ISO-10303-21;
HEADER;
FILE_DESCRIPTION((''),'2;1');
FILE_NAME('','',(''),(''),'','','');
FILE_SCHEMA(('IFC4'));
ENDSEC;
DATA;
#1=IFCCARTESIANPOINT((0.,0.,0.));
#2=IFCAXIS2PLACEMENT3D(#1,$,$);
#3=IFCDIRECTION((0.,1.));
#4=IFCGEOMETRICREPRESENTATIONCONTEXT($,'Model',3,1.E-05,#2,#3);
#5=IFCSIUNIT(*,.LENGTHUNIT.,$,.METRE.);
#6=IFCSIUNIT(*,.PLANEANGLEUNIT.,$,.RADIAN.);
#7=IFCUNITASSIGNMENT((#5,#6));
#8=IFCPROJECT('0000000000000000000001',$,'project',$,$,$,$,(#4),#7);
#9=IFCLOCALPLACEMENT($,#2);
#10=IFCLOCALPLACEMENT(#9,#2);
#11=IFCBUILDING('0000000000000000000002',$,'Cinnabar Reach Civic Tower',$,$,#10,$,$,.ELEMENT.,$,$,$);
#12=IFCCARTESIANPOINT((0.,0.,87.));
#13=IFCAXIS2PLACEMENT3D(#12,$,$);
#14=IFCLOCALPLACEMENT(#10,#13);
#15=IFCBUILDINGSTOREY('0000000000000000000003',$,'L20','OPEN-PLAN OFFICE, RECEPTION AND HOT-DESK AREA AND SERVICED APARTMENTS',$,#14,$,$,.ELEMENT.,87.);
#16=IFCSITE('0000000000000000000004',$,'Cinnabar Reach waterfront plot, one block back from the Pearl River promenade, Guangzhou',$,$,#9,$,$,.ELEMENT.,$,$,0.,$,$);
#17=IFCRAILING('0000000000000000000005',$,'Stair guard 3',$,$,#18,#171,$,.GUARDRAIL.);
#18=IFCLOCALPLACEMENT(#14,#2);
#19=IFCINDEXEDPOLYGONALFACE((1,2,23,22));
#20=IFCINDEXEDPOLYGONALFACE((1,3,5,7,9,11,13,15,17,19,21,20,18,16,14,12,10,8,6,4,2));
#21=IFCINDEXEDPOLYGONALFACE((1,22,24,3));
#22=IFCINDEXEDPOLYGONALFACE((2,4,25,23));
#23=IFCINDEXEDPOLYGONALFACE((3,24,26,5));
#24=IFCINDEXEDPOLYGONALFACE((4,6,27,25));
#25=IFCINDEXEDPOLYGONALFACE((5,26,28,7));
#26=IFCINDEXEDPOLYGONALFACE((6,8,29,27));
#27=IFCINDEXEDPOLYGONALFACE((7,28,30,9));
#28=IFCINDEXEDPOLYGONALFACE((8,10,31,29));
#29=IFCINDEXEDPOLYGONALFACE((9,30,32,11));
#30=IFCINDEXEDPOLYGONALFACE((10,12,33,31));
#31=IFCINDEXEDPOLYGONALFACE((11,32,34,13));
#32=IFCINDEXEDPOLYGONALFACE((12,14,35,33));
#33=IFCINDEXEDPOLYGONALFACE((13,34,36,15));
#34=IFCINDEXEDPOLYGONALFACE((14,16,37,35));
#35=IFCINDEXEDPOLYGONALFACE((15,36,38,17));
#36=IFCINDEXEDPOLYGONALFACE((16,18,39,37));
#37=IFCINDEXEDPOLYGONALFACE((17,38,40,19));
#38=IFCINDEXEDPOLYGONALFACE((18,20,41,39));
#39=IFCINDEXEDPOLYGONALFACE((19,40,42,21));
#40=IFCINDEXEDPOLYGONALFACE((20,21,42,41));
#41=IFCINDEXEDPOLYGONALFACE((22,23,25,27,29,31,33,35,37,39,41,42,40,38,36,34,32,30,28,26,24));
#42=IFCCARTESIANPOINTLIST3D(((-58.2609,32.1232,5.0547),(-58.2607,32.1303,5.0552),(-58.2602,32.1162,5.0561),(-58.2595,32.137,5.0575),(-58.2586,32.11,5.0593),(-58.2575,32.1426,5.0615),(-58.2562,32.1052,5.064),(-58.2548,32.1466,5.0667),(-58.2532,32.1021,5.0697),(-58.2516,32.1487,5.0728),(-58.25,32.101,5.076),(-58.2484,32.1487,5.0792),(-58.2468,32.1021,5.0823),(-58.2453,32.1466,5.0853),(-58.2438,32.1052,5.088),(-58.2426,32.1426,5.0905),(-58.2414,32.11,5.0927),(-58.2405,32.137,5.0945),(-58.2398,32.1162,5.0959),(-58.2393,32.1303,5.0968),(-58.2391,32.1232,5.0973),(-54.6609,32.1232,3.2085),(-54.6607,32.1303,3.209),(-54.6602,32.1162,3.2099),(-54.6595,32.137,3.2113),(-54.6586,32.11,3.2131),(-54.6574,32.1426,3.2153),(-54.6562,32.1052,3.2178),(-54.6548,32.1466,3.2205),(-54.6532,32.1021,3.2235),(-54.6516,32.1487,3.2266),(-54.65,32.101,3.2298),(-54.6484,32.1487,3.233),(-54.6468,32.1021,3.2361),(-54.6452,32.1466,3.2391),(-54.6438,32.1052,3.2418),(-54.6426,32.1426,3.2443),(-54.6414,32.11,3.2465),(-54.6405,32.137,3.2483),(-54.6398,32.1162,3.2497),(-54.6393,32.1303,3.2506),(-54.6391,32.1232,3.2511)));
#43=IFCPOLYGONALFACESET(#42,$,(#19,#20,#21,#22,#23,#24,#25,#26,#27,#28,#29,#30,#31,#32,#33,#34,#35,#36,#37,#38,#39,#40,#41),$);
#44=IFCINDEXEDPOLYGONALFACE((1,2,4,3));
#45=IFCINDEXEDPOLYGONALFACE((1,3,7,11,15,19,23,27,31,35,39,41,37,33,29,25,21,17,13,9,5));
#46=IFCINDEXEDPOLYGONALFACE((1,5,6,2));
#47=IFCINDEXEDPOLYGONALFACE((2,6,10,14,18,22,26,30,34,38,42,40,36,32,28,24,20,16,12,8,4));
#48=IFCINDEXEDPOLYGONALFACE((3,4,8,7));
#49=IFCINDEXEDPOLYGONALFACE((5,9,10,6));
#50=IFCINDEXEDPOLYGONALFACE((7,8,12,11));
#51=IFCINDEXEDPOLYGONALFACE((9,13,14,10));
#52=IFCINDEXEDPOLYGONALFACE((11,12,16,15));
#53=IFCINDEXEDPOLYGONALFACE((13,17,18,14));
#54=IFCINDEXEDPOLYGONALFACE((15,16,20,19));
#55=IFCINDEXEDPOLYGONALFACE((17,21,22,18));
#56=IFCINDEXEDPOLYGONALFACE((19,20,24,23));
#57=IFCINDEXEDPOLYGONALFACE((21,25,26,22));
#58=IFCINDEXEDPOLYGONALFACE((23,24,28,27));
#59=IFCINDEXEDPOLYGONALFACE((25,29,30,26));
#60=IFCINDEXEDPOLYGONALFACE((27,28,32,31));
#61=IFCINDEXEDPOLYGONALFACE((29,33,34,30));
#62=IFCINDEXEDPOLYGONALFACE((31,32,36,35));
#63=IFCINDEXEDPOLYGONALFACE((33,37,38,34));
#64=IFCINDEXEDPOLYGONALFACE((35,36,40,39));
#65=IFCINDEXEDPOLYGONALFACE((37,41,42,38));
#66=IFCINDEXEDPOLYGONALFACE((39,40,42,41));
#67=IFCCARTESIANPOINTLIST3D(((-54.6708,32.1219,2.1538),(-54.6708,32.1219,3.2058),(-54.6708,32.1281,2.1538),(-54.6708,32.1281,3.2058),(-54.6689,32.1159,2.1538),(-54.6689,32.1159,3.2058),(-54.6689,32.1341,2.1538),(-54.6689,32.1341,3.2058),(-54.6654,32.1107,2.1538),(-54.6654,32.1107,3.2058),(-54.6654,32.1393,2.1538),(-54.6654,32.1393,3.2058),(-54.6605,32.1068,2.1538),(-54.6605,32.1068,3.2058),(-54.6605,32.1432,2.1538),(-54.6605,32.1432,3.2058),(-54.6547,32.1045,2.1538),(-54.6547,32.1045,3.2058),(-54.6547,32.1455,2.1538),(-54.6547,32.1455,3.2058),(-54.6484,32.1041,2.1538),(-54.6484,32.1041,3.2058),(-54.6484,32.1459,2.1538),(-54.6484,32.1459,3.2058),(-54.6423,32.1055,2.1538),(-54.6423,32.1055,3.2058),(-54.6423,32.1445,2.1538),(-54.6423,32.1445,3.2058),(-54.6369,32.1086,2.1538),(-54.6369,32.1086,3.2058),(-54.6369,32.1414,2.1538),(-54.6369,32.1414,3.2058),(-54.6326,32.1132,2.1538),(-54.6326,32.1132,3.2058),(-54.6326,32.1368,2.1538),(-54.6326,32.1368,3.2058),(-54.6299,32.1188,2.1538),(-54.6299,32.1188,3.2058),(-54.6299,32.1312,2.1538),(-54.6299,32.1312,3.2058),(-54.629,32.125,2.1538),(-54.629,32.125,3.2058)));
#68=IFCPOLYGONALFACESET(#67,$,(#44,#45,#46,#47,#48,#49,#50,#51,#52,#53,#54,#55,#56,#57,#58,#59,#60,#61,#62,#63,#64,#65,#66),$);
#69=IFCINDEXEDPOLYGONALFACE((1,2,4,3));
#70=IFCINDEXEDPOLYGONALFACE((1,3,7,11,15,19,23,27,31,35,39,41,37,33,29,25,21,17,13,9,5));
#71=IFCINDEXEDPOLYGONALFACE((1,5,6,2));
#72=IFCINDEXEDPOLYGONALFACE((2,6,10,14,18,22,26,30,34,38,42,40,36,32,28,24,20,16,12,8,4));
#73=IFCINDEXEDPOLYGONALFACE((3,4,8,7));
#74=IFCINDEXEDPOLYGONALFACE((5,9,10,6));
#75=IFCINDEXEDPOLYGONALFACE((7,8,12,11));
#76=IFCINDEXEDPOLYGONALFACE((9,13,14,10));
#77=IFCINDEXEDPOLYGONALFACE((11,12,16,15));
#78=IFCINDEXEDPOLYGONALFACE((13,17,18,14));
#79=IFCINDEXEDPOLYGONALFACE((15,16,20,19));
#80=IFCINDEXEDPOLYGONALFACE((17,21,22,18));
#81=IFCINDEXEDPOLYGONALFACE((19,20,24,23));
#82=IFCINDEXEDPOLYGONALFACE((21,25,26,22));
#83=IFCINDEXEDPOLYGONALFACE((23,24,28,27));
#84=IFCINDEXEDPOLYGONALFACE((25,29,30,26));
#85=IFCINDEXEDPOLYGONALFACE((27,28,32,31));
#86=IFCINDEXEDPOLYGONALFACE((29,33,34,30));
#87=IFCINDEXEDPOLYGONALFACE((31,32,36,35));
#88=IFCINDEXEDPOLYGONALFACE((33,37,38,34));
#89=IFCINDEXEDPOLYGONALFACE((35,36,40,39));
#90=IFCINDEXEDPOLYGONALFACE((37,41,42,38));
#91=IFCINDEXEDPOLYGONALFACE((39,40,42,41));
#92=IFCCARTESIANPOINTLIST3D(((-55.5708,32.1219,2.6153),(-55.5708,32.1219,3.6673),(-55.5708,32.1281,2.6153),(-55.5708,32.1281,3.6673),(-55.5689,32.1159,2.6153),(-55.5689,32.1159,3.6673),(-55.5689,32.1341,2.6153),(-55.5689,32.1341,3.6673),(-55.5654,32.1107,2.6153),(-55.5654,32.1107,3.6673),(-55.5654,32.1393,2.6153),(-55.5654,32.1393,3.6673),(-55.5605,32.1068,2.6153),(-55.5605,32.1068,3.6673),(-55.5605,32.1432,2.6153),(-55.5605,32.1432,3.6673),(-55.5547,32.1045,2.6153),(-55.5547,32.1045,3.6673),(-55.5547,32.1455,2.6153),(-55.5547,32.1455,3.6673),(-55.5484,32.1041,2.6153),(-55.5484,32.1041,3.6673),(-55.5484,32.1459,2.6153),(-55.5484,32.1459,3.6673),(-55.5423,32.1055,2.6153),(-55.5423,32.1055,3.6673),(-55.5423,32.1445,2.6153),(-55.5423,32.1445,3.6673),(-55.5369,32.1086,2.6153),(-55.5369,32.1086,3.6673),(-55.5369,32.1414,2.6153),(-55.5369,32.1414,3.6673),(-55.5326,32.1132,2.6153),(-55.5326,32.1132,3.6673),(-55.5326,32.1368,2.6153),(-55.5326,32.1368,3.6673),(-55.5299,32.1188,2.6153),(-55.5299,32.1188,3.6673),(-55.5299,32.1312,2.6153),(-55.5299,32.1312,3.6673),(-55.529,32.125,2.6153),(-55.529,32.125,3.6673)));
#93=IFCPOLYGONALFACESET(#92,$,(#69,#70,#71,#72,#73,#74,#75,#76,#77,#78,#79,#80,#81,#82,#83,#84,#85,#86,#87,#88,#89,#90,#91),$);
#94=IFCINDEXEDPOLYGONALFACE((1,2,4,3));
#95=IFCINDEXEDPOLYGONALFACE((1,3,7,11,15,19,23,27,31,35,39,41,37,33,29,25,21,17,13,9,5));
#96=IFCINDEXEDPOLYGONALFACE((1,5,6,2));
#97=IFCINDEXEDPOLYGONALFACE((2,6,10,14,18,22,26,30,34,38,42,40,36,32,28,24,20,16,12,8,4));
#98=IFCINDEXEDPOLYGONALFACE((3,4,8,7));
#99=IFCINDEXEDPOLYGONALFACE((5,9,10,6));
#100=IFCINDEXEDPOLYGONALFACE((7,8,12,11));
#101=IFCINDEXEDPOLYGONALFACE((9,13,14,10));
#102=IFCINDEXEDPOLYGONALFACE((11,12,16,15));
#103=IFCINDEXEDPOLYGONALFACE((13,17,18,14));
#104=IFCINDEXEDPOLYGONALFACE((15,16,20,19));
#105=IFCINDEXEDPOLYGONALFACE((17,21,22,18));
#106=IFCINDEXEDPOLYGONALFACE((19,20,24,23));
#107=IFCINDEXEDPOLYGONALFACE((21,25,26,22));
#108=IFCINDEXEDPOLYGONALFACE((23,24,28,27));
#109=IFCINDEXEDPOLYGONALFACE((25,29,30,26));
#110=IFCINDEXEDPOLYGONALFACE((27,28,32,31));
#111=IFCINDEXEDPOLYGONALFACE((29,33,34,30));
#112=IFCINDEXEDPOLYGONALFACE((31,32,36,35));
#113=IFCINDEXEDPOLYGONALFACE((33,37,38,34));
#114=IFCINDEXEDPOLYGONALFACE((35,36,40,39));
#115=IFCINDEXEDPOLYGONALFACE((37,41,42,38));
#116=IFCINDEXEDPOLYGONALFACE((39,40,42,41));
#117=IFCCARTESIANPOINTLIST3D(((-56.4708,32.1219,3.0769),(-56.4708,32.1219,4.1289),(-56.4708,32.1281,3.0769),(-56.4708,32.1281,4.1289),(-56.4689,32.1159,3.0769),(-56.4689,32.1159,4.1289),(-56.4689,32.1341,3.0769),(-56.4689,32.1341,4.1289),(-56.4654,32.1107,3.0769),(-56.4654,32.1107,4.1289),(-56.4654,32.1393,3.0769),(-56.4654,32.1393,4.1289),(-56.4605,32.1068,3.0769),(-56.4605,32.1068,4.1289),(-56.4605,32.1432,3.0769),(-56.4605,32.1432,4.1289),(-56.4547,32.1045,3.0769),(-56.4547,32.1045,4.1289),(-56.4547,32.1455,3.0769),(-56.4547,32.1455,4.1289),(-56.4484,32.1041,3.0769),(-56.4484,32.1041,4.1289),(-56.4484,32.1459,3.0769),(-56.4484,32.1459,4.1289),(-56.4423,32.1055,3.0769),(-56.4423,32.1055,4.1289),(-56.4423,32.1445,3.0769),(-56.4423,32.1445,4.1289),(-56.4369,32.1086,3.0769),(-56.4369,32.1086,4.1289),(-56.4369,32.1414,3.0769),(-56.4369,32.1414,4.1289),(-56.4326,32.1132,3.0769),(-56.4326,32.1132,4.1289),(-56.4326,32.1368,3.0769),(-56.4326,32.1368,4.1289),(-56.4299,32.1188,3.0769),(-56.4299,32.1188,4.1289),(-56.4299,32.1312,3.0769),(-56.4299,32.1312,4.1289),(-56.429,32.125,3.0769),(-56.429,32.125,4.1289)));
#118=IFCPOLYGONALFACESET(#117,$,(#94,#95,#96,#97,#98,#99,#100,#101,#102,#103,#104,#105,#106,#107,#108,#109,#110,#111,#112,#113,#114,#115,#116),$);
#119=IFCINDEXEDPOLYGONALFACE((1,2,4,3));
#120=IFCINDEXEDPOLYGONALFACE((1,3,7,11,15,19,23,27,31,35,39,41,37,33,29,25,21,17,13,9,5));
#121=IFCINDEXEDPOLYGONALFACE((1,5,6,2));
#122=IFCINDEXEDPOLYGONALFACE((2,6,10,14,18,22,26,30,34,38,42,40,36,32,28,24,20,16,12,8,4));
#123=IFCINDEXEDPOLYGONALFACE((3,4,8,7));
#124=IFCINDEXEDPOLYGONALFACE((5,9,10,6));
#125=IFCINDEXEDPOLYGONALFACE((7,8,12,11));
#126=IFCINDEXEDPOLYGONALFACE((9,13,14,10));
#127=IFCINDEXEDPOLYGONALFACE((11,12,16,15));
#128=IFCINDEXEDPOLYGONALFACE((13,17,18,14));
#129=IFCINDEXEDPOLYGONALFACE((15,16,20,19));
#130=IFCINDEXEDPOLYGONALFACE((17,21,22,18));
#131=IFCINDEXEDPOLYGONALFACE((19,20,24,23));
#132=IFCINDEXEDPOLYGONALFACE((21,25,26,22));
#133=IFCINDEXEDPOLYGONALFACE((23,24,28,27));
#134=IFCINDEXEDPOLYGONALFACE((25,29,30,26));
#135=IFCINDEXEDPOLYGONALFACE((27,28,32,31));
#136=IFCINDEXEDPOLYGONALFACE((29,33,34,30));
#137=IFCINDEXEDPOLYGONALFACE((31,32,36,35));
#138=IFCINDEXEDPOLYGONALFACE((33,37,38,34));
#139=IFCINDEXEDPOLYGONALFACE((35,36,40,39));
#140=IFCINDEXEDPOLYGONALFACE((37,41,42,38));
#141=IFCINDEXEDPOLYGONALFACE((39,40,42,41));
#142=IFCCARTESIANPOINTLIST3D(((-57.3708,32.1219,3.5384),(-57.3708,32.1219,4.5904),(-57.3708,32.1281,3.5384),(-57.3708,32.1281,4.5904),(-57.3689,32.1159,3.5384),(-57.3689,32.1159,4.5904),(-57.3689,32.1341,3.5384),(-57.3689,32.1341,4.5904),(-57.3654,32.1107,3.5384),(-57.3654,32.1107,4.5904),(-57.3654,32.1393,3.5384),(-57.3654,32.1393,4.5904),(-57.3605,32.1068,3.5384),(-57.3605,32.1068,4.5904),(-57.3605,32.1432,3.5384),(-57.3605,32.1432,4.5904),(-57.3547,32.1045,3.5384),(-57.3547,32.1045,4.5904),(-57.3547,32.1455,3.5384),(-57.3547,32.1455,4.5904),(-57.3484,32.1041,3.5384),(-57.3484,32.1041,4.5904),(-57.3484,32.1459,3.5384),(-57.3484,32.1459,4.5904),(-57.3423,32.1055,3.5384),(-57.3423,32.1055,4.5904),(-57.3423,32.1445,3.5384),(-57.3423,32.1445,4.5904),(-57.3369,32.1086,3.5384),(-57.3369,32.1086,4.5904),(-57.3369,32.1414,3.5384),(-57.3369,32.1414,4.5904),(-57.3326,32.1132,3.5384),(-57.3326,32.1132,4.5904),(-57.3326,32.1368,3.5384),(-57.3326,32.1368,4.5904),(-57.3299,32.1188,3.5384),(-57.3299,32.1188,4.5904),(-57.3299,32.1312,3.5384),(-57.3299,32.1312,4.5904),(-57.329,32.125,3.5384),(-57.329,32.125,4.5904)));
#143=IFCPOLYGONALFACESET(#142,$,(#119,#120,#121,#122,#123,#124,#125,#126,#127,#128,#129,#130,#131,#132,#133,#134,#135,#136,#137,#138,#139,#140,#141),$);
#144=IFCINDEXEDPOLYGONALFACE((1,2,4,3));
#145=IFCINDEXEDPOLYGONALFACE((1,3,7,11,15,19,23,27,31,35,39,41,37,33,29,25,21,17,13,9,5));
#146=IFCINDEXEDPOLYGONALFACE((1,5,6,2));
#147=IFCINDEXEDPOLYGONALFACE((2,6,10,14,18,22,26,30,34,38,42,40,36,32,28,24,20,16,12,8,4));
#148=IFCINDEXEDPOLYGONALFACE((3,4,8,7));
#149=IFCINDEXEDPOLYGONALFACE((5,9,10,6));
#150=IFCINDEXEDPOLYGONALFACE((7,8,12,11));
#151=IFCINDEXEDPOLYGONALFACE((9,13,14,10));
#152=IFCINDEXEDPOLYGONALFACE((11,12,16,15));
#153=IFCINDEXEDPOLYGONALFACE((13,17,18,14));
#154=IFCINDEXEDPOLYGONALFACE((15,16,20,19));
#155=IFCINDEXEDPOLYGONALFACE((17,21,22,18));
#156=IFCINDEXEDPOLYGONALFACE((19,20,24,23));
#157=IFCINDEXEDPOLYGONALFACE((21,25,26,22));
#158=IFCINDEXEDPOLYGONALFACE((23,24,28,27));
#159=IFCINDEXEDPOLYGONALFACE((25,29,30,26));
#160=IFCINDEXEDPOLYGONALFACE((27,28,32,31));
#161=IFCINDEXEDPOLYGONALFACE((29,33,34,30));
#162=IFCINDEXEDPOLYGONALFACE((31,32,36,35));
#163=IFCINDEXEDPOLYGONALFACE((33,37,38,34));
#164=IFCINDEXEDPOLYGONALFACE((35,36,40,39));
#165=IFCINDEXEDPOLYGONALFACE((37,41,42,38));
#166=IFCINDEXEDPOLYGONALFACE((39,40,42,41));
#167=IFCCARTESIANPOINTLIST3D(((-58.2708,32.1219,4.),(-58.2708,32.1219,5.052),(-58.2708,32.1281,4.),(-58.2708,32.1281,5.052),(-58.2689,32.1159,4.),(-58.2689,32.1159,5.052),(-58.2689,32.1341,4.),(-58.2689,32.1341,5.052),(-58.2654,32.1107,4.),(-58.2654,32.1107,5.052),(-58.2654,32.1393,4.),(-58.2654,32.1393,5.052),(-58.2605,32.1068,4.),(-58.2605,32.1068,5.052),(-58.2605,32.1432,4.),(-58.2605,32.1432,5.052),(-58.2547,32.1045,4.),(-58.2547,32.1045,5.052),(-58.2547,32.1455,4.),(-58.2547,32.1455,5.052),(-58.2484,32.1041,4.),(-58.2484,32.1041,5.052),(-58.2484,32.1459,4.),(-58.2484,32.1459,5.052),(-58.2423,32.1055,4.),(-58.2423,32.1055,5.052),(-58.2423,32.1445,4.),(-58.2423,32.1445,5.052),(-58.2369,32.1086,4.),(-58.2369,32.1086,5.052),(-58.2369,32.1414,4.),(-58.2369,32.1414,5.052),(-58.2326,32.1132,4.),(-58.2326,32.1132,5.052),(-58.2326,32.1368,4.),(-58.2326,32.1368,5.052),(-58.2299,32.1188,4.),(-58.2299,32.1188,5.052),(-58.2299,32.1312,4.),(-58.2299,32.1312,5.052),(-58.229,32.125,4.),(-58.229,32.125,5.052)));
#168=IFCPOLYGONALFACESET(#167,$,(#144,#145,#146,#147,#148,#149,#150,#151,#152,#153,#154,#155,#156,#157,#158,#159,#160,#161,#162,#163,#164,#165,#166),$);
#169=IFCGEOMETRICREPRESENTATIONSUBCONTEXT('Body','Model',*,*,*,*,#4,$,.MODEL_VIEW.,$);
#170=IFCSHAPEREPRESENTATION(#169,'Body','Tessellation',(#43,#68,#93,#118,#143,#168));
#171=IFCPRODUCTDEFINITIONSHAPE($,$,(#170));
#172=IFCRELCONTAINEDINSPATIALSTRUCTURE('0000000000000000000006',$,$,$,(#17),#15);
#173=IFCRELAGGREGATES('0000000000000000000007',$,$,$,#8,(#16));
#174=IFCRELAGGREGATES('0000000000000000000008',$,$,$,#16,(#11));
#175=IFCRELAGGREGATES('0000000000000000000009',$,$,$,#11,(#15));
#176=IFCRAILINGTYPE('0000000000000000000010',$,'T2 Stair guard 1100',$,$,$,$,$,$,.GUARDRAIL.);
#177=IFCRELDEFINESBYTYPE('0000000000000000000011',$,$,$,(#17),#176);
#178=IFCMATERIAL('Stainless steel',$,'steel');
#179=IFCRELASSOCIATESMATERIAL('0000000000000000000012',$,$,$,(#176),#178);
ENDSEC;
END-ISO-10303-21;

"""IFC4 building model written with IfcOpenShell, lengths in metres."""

from ifc_helpers import new_model, si_unit, direction, frame, origin, origin_2d, place, context, subcontext, project, spatial, circle, extrude, material, type_object, element, save


model = new_model("IFC4")

# Units and contexts
model_context = context("Model", 3, precision=1e-05, world=origin(), true_north=direction((0.0, 1.0)))
body_context = subcontext(model_context, "Body", "Model", "MODEL_VIEW")
ifc_project = project(units=[si_unit("LENGTHUNIT", "METRE"), si_unit("PLANEANGLEUNIT", "RADIAN")], contexts=[model_context])

# Site, building, storey
site_placement = place(None, origin())
site = spatial("IfcSite", under=ifc_project, at=site_placement, Name="Cinnabar Reach waterfront plot, one block back from the Pearl River promenade, Guangzhou", CompositionType="ELEMENT", RefElevation=0.0)
building_placement = place(site_placement, origin())
building = spatial("IfcBuilding", under=site, at=building_placement, Name="Cinnabar Reach Civic Tower", CompositionType="ELEMENT")
storey_placement = place(building_placement, frame((0.0, 0.0, 87.0)))
storey = spatial("IfcBuildingStorey", under=building, at=storey_placement, Name="L20", Description="OPEN-PLAN OFFICE, RECEPTION AND HOT-DESK AREA AND SERVICED APARTMENTS", CompositionType="ELEMENT", Elevation=87.0)

# Railing
ifc_material_1 = material(Name="Stainless steel", Category="steel")
railing_type = type_object("IfcRailingType", Name="T2 Stair guard 1100", PredefinedType="GUARDRAIL", material=ifc_material_1)
railing_1_placement = place(storey_placement, frame((-54.65, 32.125, 2.1538)))
element("IfcRailing", 1, at=railing_1_placement, inside=storey, type_object=railing_type, Name="Stair guard 3", PredefinedType="GUARDRAIL", context=body_context, shape_type="SweptSolid", body=[
    extrude(circle(Radius=0.024, at=origin_2d()), frame((0.0, 0.0, 1.076), z_axis=(-0.889813, 0.0, 0.456326), x_axis=(0.0, -1.0, 0.0)), (0.0, 0.0, 1.0), 4.0458),
    extrude(circle(Radius=0.021, at=origin_2d()), origin(), (0.0, 0.0, 1.0), 1.052),
    extrude(circle(Radius=0.021, at=origin_2d()), frame((-0.9, 0.0, 0.4615)), (0.0, 0.0, 1.0), 1.052),
    extrude(circle(Radius=0.021, at=origin_2d()), frame((-1.8, 0.0, 0.9231)), (0.0, 0.0, 1.0), 1.052),
    extrude(circle(Radius=0.021, at=origin_2d()), frame((-2.7, 0.0, 1.3846)), (0.0, 0.0, 1.0), 1.052),
    extrude(circle(Radius=0.021, at=origin_2d()), frame((-3.6, 0.0, 1.8462)), (0.0, 0.0, 1.0), 1.052),
])

save(model, "model.ifc")
